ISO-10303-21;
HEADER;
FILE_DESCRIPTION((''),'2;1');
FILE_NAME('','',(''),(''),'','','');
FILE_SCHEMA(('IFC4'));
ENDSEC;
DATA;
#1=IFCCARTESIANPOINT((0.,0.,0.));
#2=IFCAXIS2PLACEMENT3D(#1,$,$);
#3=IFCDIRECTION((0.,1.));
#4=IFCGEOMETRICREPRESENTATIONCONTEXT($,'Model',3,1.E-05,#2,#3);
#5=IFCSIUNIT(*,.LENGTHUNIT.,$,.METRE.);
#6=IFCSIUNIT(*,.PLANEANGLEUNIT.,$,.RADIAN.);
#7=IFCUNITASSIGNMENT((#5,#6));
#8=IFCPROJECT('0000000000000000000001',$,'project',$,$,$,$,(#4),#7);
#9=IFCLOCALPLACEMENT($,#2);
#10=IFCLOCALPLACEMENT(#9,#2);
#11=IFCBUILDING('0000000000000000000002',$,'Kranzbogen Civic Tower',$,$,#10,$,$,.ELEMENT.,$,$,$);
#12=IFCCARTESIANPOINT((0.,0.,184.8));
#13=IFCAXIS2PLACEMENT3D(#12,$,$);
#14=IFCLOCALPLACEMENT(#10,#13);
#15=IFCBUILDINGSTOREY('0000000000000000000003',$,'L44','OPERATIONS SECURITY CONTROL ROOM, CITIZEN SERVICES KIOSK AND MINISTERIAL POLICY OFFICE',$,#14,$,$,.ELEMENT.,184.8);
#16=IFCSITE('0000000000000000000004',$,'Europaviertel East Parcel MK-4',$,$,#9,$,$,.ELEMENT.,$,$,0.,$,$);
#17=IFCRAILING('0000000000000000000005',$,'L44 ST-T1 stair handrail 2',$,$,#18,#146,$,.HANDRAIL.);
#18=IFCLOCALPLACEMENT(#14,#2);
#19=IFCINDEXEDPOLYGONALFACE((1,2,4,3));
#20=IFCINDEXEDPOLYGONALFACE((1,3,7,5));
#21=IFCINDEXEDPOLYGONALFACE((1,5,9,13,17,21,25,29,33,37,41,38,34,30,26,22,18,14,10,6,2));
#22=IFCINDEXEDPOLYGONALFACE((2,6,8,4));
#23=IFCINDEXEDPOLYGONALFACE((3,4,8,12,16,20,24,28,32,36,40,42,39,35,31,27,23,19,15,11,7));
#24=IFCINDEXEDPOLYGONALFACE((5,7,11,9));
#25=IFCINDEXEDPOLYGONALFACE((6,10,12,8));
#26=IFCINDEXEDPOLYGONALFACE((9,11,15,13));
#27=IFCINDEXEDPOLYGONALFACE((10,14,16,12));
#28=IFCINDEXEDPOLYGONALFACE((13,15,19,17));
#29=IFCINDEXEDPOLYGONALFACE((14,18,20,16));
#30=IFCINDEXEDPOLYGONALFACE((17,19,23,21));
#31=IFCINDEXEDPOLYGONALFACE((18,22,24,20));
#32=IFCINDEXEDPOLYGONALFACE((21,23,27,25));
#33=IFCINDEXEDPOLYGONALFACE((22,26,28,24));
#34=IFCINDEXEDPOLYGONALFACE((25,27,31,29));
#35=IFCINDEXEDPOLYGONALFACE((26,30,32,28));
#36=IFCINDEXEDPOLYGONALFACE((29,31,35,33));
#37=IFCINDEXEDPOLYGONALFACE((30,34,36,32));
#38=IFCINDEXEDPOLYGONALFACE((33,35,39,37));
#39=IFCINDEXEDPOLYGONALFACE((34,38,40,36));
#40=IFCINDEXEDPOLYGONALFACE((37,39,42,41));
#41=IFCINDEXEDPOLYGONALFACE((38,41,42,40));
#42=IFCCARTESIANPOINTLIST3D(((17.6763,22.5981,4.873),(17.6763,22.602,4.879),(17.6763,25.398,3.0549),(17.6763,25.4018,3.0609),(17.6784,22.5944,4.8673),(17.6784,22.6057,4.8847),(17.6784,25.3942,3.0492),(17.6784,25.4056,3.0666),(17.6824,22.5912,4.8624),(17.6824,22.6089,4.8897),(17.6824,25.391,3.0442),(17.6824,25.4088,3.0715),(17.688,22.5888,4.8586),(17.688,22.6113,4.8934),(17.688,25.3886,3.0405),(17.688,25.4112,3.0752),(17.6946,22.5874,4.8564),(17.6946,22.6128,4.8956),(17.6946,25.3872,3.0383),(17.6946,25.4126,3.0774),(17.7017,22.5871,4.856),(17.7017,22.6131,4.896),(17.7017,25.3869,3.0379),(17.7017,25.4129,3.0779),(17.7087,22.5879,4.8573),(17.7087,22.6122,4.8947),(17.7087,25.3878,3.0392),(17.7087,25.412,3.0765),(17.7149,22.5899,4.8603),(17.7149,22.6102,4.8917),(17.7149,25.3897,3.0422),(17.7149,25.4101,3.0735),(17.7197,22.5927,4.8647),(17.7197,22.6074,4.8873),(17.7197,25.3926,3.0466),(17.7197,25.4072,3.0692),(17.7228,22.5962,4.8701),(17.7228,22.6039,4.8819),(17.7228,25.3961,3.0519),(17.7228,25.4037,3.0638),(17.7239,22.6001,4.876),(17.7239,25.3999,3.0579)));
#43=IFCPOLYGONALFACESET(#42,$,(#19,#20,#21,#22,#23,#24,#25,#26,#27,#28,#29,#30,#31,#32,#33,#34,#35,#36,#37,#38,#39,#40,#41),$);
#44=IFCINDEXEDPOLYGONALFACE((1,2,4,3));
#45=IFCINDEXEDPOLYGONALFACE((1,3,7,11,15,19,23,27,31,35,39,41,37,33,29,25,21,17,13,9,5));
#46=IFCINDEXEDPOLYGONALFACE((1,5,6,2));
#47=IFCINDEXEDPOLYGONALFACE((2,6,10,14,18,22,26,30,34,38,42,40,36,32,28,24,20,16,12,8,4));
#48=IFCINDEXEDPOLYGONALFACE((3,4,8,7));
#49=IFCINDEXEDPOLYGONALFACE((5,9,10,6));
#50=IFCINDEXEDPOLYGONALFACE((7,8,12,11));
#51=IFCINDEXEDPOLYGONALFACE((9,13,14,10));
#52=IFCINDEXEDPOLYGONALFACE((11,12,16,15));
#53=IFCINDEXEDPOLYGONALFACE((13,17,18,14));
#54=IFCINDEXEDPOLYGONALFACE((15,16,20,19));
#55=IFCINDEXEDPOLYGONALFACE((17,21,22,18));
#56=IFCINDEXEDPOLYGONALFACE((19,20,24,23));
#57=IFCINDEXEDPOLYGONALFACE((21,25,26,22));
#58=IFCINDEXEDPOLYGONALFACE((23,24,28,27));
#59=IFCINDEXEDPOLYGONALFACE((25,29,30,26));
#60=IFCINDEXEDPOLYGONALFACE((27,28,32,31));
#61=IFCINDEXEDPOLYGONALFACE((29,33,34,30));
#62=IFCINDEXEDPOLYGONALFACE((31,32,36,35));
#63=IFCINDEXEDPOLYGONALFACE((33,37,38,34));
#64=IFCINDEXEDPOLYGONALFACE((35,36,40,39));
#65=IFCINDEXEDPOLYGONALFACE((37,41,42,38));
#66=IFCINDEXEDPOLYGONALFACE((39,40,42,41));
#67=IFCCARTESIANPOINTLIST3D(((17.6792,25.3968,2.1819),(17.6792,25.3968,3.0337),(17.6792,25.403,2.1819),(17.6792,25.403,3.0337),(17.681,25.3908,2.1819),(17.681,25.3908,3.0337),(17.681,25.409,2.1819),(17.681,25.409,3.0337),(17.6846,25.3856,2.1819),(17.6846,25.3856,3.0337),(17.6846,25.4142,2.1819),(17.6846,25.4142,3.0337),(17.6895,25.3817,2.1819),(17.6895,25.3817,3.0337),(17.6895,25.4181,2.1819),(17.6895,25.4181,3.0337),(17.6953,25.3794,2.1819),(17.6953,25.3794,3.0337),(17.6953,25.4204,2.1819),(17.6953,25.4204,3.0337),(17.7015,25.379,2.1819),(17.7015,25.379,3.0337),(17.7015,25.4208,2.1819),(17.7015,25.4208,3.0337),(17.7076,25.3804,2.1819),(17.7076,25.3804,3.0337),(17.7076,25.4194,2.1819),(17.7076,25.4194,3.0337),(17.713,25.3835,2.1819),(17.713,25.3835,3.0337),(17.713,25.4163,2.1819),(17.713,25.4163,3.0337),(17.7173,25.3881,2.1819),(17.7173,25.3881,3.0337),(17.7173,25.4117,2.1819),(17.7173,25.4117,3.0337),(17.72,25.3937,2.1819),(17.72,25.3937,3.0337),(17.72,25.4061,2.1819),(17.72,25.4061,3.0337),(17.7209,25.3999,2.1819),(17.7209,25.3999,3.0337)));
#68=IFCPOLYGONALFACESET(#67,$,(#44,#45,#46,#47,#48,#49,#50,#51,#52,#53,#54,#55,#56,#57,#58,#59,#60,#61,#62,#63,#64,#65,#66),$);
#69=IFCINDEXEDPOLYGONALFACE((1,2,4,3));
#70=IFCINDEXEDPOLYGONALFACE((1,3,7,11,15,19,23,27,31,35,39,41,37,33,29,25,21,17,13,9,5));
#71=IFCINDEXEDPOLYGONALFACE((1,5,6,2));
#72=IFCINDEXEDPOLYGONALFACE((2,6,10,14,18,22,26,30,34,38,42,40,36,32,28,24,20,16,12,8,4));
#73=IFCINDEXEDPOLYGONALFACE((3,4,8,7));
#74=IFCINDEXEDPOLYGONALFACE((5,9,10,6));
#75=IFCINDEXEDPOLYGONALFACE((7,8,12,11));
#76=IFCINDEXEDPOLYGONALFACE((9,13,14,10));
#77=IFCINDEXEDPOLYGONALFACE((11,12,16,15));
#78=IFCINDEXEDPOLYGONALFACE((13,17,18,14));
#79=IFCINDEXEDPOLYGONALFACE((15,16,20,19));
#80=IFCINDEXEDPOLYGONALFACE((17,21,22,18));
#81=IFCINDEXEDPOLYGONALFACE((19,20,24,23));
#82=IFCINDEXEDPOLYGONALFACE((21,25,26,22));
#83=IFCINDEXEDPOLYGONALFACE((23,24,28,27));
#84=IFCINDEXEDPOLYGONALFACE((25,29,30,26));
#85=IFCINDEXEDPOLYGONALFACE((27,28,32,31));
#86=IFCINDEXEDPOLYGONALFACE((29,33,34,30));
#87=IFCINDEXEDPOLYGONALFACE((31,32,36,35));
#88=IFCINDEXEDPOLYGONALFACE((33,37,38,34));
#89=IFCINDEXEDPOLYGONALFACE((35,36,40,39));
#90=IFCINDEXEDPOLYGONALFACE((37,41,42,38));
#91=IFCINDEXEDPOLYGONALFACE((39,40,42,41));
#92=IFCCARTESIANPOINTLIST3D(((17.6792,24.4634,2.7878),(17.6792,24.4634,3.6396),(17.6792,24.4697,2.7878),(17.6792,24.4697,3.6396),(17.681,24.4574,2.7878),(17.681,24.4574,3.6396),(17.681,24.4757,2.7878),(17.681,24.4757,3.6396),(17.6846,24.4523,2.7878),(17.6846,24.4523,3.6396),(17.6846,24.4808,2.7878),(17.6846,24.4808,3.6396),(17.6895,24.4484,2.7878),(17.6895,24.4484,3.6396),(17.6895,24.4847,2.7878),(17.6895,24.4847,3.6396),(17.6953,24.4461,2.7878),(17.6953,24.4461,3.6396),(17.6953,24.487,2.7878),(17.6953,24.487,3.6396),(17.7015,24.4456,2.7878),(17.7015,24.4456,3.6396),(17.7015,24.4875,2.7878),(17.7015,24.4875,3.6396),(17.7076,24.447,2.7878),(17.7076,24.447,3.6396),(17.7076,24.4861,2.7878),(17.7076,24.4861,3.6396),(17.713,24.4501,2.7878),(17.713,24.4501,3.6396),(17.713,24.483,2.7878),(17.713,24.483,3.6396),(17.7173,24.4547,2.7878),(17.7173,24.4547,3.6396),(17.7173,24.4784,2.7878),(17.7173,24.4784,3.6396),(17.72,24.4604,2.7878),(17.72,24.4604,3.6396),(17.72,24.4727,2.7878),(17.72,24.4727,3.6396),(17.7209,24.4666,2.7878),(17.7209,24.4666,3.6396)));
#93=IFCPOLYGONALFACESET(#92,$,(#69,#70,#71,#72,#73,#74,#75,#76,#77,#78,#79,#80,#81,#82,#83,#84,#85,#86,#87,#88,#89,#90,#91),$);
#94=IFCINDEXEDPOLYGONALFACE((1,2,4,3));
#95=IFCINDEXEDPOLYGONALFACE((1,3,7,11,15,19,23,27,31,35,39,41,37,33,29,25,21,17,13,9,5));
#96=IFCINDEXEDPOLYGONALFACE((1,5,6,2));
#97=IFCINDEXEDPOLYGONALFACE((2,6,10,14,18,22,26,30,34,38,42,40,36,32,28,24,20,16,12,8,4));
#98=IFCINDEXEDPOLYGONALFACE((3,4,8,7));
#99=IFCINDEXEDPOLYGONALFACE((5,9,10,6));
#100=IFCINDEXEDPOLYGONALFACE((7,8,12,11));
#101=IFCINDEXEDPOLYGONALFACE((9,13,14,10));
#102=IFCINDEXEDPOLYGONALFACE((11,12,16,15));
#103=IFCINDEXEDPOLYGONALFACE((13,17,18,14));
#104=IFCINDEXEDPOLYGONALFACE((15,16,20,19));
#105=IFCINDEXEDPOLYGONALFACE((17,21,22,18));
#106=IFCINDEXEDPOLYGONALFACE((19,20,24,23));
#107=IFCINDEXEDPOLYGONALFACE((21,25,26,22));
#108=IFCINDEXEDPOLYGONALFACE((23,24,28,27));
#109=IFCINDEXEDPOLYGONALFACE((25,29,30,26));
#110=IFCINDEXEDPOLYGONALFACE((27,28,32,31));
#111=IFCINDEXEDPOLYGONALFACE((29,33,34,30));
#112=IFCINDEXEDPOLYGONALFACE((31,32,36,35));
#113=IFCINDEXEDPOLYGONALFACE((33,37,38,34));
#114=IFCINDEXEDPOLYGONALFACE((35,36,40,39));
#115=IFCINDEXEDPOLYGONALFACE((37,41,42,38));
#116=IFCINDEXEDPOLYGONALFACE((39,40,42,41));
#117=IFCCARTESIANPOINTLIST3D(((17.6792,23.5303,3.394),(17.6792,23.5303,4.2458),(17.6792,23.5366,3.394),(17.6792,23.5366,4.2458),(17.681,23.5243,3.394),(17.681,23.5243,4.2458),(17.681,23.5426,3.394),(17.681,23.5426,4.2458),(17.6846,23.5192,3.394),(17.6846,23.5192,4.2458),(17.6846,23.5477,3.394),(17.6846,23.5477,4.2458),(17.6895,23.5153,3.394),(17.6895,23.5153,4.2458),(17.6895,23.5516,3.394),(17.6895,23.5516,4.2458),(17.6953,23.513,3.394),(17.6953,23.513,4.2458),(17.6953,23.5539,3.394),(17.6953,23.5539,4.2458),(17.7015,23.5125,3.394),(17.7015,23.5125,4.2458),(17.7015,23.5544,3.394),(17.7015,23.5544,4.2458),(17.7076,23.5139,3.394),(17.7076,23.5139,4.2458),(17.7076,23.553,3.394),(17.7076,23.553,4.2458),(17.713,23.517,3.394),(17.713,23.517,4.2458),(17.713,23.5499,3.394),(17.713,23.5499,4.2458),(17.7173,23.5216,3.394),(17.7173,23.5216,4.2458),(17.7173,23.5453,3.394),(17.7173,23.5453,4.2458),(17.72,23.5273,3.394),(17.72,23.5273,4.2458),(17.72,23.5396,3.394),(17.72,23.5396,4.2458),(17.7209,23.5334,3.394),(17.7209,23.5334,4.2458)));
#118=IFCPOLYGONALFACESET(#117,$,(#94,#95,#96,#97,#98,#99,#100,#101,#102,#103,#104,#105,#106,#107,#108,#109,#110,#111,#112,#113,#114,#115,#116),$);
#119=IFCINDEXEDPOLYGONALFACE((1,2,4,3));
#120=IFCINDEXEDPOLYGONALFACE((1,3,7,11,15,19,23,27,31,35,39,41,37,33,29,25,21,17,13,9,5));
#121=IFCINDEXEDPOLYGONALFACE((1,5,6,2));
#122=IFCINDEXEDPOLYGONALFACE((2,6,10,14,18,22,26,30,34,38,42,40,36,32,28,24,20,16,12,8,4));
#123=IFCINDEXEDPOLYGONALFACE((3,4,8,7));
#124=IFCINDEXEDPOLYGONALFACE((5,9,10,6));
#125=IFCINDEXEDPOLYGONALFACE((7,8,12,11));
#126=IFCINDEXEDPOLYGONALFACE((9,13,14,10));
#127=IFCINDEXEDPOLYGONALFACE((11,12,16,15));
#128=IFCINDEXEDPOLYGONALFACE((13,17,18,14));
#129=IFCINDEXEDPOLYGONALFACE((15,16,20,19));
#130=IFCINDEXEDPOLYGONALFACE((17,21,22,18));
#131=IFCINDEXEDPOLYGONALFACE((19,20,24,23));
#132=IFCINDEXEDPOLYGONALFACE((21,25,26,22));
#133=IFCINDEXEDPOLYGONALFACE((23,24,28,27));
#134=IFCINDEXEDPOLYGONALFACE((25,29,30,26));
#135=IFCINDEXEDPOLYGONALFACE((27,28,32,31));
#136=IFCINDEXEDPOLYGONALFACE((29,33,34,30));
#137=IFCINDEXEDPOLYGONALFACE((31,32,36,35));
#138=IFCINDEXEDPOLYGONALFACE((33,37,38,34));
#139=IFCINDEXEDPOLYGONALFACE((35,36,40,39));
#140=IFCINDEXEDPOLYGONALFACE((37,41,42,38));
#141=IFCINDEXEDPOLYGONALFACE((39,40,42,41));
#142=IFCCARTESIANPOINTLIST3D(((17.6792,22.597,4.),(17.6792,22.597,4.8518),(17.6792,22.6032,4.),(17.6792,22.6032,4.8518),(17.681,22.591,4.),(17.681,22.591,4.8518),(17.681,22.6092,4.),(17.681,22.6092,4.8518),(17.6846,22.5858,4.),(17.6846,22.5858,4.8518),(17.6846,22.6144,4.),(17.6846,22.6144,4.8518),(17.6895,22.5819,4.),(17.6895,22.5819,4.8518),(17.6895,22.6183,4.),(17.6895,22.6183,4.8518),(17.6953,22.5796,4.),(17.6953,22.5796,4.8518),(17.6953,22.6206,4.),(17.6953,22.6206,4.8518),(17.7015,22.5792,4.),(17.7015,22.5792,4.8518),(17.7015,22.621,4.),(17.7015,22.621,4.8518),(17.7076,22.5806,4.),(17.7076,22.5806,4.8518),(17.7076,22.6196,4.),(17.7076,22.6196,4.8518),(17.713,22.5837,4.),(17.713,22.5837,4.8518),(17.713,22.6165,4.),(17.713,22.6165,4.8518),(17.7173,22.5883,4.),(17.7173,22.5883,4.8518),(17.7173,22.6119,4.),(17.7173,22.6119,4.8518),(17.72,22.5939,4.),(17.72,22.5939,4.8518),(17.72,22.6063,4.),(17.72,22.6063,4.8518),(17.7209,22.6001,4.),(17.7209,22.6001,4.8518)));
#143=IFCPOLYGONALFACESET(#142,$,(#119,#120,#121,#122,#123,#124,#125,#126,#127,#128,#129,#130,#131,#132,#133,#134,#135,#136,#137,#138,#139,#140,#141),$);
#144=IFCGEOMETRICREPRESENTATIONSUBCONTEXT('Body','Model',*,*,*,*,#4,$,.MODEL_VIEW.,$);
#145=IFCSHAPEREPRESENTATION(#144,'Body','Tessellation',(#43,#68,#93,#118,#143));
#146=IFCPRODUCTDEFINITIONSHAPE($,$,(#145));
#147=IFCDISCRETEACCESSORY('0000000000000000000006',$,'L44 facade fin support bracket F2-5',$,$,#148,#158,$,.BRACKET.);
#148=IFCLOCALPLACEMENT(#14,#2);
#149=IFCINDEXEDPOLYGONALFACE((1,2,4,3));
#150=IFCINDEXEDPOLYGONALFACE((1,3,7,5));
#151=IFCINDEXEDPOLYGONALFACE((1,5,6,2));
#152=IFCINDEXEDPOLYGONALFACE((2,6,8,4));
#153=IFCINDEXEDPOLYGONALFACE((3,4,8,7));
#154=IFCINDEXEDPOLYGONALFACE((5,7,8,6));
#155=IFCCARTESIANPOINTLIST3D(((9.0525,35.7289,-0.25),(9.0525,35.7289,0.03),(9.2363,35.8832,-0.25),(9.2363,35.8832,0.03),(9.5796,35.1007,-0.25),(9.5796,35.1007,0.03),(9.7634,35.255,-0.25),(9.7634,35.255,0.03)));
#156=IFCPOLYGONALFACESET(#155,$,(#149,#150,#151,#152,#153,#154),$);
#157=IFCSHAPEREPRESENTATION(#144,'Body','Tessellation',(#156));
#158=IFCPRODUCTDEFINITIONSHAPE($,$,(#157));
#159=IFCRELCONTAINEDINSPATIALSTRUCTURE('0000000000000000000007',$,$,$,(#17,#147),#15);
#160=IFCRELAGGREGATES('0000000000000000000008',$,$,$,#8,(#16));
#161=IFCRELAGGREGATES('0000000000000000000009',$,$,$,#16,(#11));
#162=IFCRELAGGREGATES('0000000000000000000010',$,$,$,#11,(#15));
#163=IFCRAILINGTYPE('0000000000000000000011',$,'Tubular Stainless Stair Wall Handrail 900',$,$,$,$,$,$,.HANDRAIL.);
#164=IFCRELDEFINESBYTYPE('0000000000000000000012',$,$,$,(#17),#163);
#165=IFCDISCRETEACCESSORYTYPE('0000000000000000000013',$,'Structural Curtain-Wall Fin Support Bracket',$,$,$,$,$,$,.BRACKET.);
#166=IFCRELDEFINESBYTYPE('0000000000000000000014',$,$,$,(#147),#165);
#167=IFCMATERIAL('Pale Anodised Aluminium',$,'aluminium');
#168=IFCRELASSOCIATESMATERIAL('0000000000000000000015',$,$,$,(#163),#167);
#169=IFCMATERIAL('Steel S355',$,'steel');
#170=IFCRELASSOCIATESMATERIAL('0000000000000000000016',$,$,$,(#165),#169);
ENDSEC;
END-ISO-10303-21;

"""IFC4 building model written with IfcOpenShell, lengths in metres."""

from ifc_helpers import new_model, si_unit, direction, frame, origin, origin_2d, place, context, subcontext, project, spatial, rectangle, circle, extrude, material, type_object, element, save


model = new_model("IFC4")

# Units and contexts
model_context = context("Model", 3, precision=1e-05, world=origin(), true_north=direction((0.0, 1.0)))
body_context = subcontext(model_context, "Body", "Model", "MODEL_VIEW")
ifc_project = project(units=[si_unit("LENGTHUNIT", "METRE"), si_unit("PLANEANGLEUNIT", "RADIAN")], contexts=[model_context])

# Site, building, storey
site_placement = place(None, origin())
site = spatial("IfcSite", under=ifc_project, at=site_placement, Name="Europaviertel East Parcel MK-4", CompositionType="ELEMENT", RefElevation=0.0)
building_placement = place(site_placement, origin())
building = spatial("IfcBuilding", under=site, at=building_placement, Name="Kranzbogen Civic Tower", CompositionType="ELEMENT")
storey_placement = place(building_placement, frame((0.0, 0.0, 184.8)))
storey = spatial("IfcBuildingStorey", under=building, at=storey_placement, Name="L44", Description="OPERATIONS SECURITY CONTROL ROOM, CITIZEN SERVICES KIOSK AND MINISTERIAL POLICY OFFICE", CompositionType="ELEMENT", Elevation=184.8)

# Shared definitions
ifc_material_1 = material(Name="Steel S355", Category="steel")

# Shared definitions
ifc_material_2 = material(Name="Pale Anodised Aluminium", Category="aluminium")

# Railing
railing_type_1 = type_object("IfcRailingType", Name="Tubular Stainless Stair Wall Handrail 900", PredefinedType="HANDRAIL", material=ifc_material_2)
railing_1_placement = place(storey_placement, frame((17.7, 25.3999, 2.1819)))
element("IfcRailing", 1, at=railing_1_placement, inside=storey, type_object=railing_type_1, Name="L44 ST-T1 stair handrail 2", PredefinedType="HANDRAIL", context=body_context, shape_type="SweptSolid", body=[
    extrude(circle(Radius=0.0239, at=origin_2d()), frame((0.0, 0.0, 0.876), z_axis=(0.0, -0.838684, 0.544618), x_axis=(1.0, 0.0, 0.0)), (0.0, 0.0, 1.0), 3.3384),
    extrude(circle(Radius=0.021, at=origin_2d()), origin(), (0.0, 0.0, 1.0), 0.8518),
    extrude(circle(Radius=0.021, at=origin_2d()), frame((0.0, -0.9333, 0.606)), (0.0, 0.0, 1.0), 0.8518),
    extrude(circle(Radius=0.021, at=origin_2d()), frame((0.0, -1.8665, 1.2122)), (0.0, 0.0, 1.0), 0.8518),
    extrude(circle(Radius=0.021, at=origin_2d()), frame((0.0, -2.7998, 1.8181)), (0.0, 0.0, 1.0), 0.8518),
])

# Discrete accessory
discrete_accessory_type = type_object("IfcDiscreteAccessoryType", Name="Structural Curtain-Wall Fin Support Bracket", PredefinedType="BRACKET", material=ifc_material_1)
discrete_accessory_placement = place(storey_placement, frame((9.408, 35.4919, -0.25), z_axis=(0.0, 0.0, 1.0), x_axis=(-0.642788, 0.766044, 0.0)))
element("IfcDiscreteAccessory", 2, at=discrete_accessory_placement, inside=storey, type_object=discrete_accessory_type, Name="L44 facade fin support bracket F2-5", PredefinedType="BRACKET", context=body_context, shape_type="SweptSolid", body=[
    extrude(rectangle(XDim=0.8201, YDim=0.24, at=origin_2d()), origin(), (0.0, 0.0, 1.0), 0.28),
])

save(model, "model.ifc")
